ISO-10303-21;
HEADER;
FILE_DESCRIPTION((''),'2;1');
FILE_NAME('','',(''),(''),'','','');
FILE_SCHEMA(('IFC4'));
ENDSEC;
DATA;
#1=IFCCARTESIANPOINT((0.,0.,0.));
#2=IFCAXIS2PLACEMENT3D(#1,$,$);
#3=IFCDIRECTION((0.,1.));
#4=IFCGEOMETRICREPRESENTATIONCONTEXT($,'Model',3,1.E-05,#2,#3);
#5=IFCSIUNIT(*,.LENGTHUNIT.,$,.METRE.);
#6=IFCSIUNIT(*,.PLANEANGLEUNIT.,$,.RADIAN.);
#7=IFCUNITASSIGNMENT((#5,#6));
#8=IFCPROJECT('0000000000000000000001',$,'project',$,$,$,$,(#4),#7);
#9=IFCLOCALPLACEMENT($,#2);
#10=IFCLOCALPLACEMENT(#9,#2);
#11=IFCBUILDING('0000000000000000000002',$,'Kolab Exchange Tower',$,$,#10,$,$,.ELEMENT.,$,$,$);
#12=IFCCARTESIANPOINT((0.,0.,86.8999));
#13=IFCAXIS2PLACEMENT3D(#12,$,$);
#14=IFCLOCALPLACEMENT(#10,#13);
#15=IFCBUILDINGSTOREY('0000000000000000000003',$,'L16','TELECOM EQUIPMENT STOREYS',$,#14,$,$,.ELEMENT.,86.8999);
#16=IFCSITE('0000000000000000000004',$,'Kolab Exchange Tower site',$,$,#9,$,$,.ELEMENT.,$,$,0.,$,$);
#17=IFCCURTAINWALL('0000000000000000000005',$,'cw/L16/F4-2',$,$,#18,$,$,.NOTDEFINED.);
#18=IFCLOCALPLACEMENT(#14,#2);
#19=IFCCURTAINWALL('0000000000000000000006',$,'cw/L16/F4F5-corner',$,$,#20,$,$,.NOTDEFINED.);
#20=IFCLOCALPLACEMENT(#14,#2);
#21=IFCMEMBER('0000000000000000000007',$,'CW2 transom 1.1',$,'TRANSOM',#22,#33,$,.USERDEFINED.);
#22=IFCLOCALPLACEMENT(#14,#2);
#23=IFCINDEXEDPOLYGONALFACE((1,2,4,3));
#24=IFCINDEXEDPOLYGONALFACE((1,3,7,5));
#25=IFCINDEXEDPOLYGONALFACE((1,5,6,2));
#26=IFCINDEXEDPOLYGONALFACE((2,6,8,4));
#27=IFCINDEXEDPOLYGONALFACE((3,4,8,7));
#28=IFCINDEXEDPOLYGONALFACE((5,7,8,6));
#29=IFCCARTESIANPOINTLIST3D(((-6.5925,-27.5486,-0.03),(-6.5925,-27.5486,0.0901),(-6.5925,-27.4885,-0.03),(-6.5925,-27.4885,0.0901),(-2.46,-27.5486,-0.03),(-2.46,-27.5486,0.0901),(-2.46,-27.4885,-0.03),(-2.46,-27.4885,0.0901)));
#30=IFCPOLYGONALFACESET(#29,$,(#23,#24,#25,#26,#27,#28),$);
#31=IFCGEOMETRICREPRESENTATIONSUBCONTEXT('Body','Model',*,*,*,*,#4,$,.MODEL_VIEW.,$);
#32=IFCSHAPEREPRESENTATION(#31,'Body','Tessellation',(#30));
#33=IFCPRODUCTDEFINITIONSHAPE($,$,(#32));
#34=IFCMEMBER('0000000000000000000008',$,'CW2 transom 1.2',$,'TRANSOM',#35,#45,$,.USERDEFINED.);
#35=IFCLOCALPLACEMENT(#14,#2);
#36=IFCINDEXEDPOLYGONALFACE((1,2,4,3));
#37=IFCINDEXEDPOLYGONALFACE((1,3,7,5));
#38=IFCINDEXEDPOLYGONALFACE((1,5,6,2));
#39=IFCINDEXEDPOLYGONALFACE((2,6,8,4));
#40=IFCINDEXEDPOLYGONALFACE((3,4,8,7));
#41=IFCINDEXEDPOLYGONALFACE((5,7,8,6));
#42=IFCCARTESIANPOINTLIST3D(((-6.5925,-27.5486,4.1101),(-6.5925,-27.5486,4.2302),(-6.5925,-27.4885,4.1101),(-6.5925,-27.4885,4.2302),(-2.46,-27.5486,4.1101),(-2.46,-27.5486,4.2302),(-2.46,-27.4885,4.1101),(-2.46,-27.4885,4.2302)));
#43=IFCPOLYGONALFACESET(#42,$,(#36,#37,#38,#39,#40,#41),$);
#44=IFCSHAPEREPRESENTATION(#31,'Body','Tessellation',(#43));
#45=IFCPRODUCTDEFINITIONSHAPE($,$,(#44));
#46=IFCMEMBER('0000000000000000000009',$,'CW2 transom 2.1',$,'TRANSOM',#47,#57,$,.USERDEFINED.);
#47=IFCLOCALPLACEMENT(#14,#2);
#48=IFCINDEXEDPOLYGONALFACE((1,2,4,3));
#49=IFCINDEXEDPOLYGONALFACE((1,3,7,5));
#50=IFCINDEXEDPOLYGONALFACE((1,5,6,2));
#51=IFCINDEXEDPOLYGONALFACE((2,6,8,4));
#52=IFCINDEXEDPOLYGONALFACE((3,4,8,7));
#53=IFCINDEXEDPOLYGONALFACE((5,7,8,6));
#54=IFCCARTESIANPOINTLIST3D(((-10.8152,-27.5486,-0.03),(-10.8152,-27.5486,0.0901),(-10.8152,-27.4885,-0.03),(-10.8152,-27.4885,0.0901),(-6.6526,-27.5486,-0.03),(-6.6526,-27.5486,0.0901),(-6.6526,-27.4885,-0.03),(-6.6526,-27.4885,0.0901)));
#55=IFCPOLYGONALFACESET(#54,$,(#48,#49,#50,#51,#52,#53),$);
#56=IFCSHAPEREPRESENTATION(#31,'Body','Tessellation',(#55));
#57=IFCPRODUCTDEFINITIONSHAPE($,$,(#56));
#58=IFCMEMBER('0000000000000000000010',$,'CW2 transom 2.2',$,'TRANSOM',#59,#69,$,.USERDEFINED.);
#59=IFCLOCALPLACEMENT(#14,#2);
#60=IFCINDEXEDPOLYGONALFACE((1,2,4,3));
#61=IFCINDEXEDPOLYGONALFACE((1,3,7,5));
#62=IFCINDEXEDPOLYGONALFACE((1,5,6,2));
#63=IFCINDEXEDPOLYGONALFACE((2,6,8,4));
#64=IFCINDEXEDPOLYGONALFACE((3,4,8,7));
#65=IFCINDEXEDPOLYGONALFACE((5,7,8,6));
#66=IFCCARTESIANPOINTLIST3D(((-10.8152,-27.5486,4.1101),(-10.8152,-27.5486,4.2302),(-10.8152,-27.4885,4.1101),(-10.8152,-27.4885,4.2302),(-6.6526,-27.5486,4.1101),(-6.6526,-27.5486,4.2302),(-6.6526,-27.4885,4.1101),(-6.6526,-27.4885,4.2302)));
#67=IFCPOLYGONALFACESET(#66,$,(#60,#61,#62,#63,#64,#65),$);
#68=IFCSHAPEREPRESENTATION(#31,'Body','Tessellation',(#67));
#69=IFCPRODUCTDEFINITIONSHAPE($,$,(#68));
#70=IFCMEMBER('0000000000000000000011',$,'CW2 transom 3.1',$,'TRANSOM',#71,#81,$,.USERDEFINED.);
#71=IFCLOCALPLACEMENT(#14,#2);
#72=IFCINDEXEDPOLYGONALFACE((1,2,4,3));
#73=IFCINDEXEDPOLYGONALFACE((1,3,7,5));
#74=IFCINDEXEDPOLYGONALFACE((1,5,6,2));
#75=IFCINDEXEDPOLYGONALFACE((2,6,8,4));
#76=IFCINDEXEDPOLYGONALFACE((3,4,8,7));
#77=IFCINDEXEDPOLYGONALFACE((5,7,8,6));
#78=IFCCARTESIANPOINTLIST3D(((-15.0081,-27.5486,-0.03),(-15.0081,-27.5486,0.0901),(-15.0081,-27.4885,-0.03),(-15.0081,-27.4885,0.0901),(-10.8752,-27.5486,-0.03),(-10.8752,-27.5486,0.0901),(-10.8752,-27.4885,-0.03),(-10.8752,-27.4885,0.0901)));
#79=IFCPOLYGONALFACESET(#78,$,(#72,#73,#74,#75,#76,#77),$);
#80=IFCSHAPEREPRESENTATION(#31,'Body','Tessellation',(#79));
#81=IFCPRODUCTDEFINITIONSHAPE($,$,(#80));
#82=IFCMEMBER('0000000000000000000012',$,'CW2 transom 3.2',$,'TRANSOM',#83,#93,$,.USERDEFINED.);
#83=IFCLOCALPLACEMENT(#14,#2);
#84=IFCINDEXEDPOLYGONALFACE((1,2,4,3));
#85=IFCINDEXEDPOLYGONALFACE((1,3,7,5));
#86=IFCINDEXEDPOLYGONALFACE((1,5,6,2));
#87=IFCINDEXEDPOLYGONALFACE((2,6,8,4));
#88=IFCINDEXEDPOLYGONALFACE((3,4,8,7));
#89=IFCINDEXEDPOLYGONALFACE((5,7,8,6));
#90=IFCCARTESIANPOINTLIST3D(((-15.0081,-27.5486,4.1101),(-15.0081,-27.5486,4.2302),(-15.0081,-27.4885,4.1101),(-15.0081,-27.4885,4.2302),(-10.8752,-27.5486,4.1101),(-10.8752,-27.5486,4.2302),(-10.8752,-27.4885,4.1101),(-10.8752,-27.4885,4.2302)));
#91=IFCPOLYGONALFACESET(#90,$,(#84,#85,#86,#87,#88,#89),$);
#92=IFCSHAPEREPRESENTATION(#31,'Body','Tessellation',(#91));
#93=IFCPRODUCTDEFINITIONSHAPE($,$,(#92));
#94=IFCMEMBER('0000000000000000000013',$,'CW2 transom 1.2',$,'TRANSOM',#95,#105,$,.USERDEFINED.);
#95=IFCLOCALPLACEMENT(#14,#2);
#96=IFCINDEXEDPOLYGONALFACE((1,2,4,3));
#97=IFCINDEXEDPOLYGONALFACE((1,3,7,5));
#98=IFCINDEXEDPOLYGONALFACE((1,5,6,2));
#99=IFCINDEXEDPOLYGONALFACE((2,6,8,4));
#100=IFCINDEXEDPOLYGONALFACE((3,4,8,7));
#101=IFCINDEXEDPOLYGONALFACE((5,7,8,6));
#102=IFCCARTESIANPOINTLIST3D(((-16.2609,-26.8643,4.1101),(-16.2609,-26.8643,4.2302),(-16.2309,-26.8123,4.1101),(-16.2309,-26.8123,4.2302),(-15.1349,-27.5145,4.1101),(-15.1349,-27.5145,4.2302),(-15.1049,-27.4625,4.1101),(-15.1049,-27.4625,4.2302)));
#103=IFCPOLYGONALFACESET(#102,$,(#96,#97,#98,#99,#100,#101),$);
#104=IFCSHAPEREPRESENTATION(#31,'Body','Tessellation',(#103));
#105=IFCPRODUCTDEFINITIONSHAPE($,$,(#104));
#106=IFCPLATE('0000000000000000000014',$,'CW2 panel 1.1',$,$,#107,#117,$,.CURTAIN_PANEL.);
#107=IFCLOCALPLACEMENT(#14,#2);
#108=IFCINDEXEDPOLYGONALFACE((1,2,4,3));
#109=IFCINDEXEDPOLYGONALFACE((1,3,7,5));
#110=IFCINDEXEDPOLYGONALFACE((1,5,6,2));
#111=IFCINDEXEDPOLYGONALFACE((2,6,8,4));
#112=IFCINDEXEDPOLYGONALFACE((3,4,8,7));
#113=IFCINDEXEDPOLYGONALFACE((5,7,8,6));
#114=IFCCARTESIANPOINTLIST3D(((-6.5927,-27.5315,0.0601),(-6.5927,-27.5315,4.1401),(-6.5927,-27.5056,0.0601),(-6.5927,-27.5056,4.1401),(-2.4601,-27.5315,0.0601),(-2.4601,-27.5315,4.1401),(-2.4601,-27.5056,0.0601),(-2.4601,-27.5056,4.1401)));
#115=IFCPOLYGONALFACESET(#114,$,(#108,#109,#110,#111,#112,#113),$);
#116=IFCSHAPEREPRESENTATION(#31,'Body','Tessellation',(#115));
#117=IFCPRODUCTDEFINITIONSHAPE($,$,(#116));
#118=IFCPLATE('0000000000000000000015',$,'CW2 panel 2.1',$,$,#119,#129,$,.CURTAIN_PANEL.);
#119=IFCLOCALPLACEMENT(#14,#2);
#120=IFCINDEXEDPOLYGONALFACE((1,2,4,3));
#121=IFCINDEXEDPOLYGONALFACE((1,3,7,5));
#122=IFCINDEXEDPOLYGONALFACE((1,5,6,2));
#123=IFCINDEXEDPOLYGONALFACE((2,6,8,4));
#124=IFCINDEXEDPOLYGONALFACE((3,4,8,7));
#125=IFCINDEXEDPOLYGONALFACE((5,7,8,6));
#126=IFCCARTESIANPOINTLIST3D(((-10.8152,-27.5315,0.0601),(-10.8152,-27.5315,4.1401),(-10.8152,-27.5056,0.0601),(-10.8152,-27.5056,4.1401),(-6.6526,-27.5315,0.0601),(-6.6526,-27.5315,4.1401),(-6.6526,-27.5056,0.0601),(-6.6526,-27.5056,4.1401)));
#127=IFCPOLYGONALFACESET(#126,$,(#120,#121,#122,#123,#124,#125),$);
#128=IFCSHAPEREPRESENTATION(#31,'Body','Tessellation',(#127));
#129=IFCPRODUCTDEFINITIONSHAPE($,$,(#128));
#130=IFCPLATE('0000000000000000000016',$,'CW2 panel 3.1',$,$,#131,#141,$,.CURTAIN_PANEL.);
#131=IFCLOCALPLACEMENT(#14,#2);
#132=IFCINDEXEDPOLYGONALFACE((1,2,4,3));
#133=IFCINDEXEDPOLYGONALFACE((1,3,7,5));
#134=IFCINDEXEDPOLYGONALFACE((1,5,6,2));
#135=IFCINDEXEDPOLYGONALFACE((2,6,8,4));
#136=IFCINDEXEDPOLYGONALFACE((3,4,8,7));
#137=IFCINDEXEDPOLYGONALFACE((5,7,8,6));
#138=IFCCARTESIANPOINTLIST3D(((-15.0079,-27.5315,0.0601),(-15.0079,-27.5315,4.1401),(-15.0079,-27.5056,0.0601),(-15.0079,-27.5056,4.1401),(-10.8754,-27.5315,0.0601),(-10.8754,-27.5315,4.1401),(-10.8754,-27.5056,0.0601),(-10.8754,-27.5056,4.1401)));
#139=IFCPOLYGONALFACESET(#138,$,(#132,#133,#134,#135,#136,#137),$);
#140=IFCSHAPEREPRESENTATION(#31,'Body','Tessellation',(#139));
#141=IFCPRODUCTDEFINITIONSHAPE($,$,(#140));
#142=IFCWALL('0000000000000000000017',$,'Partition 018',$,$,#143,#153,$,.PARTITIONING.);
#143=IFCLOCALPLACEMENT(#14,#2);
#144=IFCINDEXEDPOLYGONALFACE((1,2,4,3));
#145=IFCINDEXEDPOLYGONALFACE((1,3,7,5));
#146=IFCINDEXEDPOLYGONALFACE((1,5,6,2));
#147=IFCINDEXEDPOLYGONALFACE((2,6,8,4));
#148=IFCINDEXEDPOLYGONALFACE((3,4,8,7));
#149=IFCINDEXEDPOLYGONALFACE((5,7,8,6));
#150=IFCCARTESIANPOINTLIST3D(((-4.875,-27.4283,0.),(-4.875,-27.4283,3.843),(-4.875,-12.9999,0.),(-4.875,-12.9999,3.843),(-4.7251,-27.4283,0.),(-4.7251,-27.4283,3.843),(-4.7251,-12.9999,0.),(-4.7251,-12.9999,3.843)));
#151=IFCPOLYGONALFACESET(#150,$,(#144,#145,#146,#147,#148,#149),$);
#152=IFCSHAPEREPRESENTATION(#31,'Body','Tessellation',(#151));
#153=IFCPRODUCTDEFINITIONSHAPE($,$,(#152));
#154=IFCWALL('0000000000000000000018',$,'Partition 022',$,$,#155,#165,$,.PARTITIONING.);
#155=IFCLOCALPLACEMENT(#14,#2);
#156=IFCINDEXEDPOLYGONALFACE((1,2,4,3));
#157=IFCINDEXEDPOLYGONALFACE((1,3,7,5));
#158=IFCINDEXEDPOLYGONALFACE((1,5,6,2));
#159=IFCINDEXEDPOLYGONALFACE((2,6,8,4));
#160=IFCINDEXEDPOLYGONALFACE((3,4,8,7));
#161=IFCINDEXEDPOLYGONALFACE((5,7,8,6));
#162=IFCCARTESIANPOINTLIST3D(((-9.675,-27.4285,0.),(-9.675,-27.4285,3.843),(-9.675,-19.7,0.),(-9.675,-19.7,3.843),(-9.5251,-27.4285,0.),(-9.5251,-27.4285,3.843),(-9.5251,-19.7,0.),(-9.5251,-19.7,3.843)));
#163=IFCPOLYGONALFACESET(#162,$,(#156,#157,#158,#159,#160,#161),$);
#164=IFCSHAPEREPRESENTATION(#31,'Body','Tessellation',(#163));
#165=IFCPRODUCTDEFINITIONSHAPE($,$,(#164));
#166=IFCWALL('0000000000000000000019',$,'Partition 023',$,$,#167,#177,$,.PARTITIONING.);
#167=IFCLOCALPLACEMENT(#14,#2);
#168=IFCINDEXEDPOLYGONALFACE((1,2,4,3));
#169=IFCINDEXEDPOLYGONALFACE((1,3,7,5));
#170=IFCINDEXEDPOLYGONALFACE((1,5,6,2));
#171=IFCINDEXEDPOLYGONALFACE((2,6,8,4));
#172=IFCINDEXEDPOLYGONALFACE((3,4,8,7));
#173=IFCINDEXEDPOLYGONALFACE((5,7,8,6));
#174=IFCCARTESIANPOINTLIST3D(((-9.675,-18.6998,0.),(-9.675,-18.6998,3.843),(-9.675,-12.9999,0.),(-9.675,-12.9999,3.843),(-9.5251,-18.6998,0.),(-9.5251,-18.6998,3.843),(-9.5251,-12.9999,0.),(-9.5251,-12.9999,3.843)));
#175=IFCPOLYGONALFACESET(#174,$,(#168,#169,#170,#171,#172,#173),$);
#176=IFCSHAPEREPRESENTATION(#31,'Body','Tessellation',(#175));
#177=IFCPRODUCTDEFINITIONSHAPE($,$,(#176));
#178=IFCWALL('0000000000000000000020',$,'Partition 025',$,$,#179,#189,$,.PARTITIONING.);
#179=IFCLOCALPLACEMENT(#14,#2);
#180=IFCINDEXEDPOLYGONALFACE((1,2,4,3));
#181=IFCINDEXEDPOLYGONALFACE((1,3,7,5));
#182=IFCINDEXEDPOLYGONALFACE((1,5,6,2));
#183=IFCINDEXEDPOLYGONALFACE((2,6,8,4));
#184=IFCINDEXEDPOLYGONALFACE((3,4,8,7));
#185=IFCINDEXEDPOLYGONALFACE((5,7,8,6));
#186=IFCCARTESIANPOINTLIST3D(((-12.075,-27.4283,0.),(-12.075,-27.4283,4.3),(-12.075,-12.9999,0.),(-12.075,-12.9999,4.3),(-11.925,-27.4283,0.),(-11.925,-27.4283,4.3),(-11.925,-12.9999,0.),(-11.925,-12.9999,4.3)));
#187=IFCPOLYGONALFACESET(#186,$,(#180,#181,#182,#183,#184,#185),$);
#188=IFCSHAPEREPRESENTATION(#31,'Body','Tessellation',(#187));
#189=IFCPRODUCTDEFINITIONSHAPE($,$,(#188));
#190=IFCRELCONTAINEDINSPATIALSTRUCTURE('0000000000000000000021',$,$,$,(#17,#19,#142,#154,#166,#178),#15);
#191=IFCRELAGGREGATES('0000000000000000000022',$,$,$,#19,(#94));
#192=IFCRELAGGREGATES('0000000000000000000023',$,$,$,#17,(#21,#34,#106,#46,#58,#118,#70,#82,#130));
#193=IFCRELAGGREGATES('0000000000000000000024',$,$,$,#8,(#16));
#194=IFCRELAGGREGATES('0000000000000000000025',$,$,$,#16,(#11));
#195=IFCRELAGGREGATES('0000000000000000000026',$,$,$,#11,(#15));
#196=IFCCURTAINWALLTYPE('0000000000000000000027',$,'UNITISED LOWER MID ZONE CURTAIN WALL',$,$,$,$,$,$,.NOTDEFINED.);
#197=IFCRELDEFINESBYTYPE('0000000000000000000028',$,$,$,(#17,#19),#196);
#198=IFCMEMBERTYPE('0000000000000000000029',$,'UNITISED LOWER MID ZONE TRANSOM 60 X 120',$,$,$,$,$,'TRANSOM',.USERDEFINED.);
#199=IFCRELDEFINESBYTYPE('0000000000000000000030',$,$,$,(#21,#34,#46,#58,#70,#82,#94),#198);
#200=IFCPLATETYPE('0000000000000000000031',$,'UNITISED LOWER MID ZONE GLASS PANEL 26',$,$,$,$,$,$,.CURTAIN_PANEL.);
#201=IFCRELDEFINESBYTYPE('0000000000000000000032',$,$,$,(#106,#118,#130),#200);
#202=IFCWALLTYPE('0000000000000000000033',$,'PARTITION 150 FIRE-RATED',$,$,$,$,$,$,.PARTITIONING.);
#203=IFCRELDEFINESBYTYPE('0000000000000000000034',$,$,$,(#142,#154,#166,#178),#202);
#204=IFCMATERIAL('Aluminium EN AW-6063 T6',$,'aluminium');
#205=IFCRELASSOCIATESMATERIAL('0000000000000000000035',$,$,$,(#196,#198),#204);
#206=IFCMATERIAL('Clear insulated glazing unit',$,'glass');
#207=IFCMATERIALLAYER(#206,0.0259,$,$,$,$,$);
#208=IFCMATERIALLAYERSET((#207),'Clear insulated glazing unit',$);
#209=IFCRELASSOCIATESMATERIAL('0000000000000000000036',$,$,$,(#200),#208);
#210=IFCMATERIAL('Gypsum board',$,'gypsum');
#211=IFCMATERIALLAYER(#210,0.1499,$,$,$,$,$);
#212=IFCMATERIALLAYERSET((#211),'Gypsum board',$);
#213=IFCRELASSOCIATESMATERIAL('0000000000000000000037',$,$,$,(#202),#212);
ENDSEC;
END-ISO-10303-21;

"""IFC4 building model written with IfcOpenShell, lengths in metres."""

from ifc_helpers import new_model, si_unit, direction, frame, frame_2d, origin, origin_2d, place, context, subcontext, project, spatial, rectangle, extrude, material, layer, layer_set, material_profile, profile_set, type_object, element, aggregate, save


model = new_model("IFC4")

# Units and contexts
model_context = context("Model", 3, precision=1e-05, world=origin(), true_north=direction((0.0, 1.0)))
body_context = subcontext(model_context, "Body", "Model", "MODEL_VIEW")
ifc_project = project(units=[si_unit("LENGTHUNIT", "METRE"), si_unit("PLANEANGLEUNIT", "RADIAN")], contexts=[model_context])

# Site, building, storey
site_placement = place(None, origin())
site = spatial("IfcSite", under=ifc_project, at=site_placement, Name="Kolab Exchange Tower site", CompositionType="ELEMENT", RefElevation=0.0)
building_placement = place(site_placement, origin())
building = spatial("IfcBuilding", under=site, at=building_placement, Name="Kolab Exchange Tower", CompositionType="ELEMENT")
storey_placement = place(building_placement, frame((0.0, 0.0, 86.8999)))
storey = spatial("IfcBuildingStorey", under=building, at=storey_placement, Name="L16", Description="TELECOM EQUIPMENT STOREYS", CompositionType="ELEMENT", Elevation=86.8999)

# Curtain wall
ifc_material_1 = material(Name="Aluminium EN AW-6063 T6", Category="aluminium")
curtain_wall_type = type_object("IfcCurtainWallType", Name="UNITISED LOWER MID ZONE CURTAIN WALL", PredefinedType="NOTDEFINED", material=ifc_material_1)
curtain_wall_1_placement = place(storey_placement, origin())
curtain_wall_1 = element("IfcCurtainWall", 1, at=curtain_wall_1_placement, inside=storey, type_object=curtain_wall_type, Name="cw/L16/F4-2", PredefinedType="NOTDEFINED")

# Curtain wall
curtain_wall_2_placement = place(storey_placement, origin())
curtain_wall_2 = element("IfcCurtainWall", 2, at=curtain_wall_2_placement, inside=storey, type_object=curtain_wall_type, Name="cw/L16/F4F5-corner", PredefinedType="NOTDEFINED")

# Members
ifc_material_profile_1 = material_profile(ifc_material_1, rectangle(XDim=0.0601, YDim=0.1201, at=origin_2d()), Name="RECT 60X120")
ifc_profile_set_1 = profile_set([ifc_material_profile_1], Name="Aluminium EN AW-6063 T6")
member_type_1 = type_object("IfcMemberType", Name="UNITISED LOWER MID ZONE TRANSOM 60 X 120", ElementType="TRANSOM", PredefinedType="USERDEFINED", material=ifc_profile_set_1)
member_1_placement = place(storey_placement, frame((-2.46, -27.5186, 0.03), z_axis=(-1.0, 0.0, 0.0), x_axis=(0.0, -1.0, 0.0)))
member_1 = element("IfcMember", 3, at=member_1_placement, type_object=member_type_1, Name="CW2 transom 1.1", ObjectType="TRANSOM", PredefinedType="USERDEFINED", context=body_context, shape_type="SweptSolid", body=[
    extrude(rectangle(XDim=0.0601, YDim=0.1201, at=origin_2d()), origin(), (0.0, 0.0, 1.0), 4.1326),
])
member_2_placement = place(storey_placement, frame((-2.46, -27.5186, 4.1702), z_axis=(-1.0, 0.0, 0.0), x_axis=(0.0, -1.0, 0.0)))
member_2 = element("IfcMember", 4, at=member_2_placement, type_object=member_type_1, Name="CW2 transom 1.2", ObjectType="TRANSOM", PredefinedType="USERDEFINED", context=body_context, shape_type="SweptSolid", body=[
    extrude(rectangle(XDim=0.0601, YDim=0.1201, at=origin_2d()), origin(), (0.0, 0.0, 1.0), 4.1326),
])
member_3_placement = place(storey_placement, frame((-6.6526, -27.5186, 0.03), z_axis=(-1.0, 0.0, 0.0), x_axis=(0.0, -1.0, 0.0)))
member_3 = element("IfcMember", 5, at=member_3_placement, type_object=member_type_1, Name="CW2 transom 2.1", ObjectType="TRANSOM", PredefinedType="USERDEFINED", context=body_context, shape_type="SweptSolid", body=[
    extrude(rectangle(XDim=0.0601, YDim=0.1201, at=origin_2d()), origin(), (0.0, 0.0, 1.0), 4.1626),
])
member_4_placement = place(storey_placement, frame((-6.6526, -27.5186, 4.1702), z_axis=(-1.0, 0.0, 0.0), x_axis=(0.0, -1.0, 0.0)))
member_4 = element("IfcMember", 6, at=member_4_placement, type_object=member_type_1, Name="CW2 transom 2.2", ObjectType="TRANSOM", PredefinedType="USERDEFINED", context=body_context, shape_type="SweptSolid", body=[
    extrude(rectangle(XDim=0.0601, YDim=0.1201, at=origin_2d()), origin(), (0.0, 0.0, 1.0), 4.1626),
])
member_5_placement = place(storey_placement, frame((-10.8752, -27.5186, 0.03), z_axis=(-1.0, 0.0, 0.0), x_axis=(0.0, -1.0, 0.0)))
member_5 = element("IfcMember", 7, at=member_5_placement, type_object=member_type_1, Name="CW2 transom 3.1", ObjectType="TRANSOM", PredefinedType="USERDEFINED", context=body_context, shape_type="SweptSolid", body=[
    extrude(rectangle(XDim=0.0601, YDim=0.1201, at=origin_2d()), origin(), (0.0, 0.0, 1.0), 4.1328),
])
member_6_placement = place(storey_placement, frame((-10.8752, -27.5186, 4.1702), z_axis=(-1.0, 0.0, 0.0), x_axis=(0.0, -1.0, 0.0)))
member_6 = element("IfcMember", 8, at=member_6_placement, type_object=member_type_1, Name="CW2 transom 3.2", ObjectType="TRANSOM", PredefinedType="USERDEFINED", context=body_context, shape_type="SweptSolid", body=[
    extrude(rectangle(XDim=0.0601, YDim=0.1201, at=origin_2d()), origin(), (0.0, 0.0, 1.0), 4.1328),
])
member_7_placement = place(storey_placement, frame((-15.1199, -27.4885, 4.1702), z_axis=(-0.866004, 0.500037, 0.0), x_axis=(-0.500037, -0.866004, 0.0)))
member_7 = element("IfcMember", 9, at=member_7_placement, type_object=member_type_1, Name="CW2 transom 1.2", ObjectType="TRANSOM", PredefinedType="USERDEFINED", context=body_context, shape_type="SweptSolid", body=[
    extrude(rectangle(XDim=0.0601, YDim=0.1201, at=origin_2d()), origin(), (0.0, 0.0, 1.0), 1.3003),
])
aggregate(curtain_wall_2, [member_7])

# Plates
ifc_material_2 = material(Name="Clear insulated glazing unit", Category="glass")
ifc_layer_1 = layer(ifc_material_2, 0.0259)
ifc_layer_set_1 = layer_set([ifc_layer_1], Name="Clear insulated glazing unit")
plate_type = type_object("IfcPlateType", Name="UNITISED LOWER MID ZONE GLASS PANEL 26", PredefinedType="CURTAIN_PANEL", material=ifc_layer_set_1)
plate_1_placement = place(storey_placement, frame((-4.5264, -27.5186, 0.0601), z_axis=(0.0, 0.0, 1.0), x_axis=(-1.0, 0.0, 0.0)))
plate_1 = element("IfcPlate", 10, at=plate_1_placement, type_object=plate_type, Name="CW2 panel 1.1", PredefinedType="CURTAIN_PANEL", context=body_context, shape_type="SweptSolid", body=[
    extrude(rectangle(XDim=4.1326, YDim=0.0259, at=origin_2d()), origin(), (0.0, 0.0, 1.0), 4.0801),
])
plate_2_placement = place(storey_placement, frame((-8.7339, -27.5186, 0.0601), z_axis=(0.0, 0.0, 1.0), x_axis=(-1.0, 0.0, 0.0)))
plate_2 = element("IfcPlate", 11, at=plate_2_placement, type_object=plate_type, Name="CW2 panel 2.1", PredefinedType="CURTAIN_PANEL", context=body_context, shape_type="SweptSolid", body=[
    extrude(rectangle(XDim=4.1626, YDim=0.0259, at=origin_2d()), origin(), (0.0, 0.0, 1.0), 4.0801),
])
plate_3_placement = place(storey_placement, frame((-12.9417, -27.5186, 0.0601), z_axis=(0.0, 0.0, 1.0), x_axis=(-1.0, 0.0, 0.0)))
plate_3 = element("IfcPlate", 12, at=plate_3_placement, type_object=plate_type, Name="CW2 panel 3.1", PredefinedType="CURTAIN_PANEL", context=body_context, shape_type="SweptSolid", body=[
    extrude(rectangle(XDim=4.1326, YDim=0.0259, at=origin_2d()), origin(), (0.0, 0.0, 1.0), 4.0801),
])
aggregate(curtain_wall_1, [member_1, member_2, plate_1, member_3, member_4, plate_2, member_5, member_6, plate_3])

# Walls
ifc_material_3 = material(Name="Gypsum board", Category="gypsum")
ifc_layer_2 = layer(ifc_material_3, 0.1499)
ifc_layer_set_2 = layer_set([ifc_layer_2], Name="Gypsum board")
wall_type = type_object("IfcWallType", Name="PARTITION 150 FIRE-RATED", PredefinedType="PARTITIONING", material=ifc_layer_set_2)
wall_1_placement = place(storey_placement, frame((-4.8, -27.4285, 0.0), z_axis=(0.0, 0.0, 1.0), x_axis=(0.0, 1.0, 0.0)))
element("IfcWall", 13, at=wall_1_placement, inside=storey, type_object=wall_type, Name="Partition 018", PredefinedType="PARTITIONING", context=body_context, shape_type="SweptSolid", body=[
    extrude(rectangle(XDim=14.4285, YDim=0.1499, at=frame_2d((7.2144, 0.0))), origin(), (0.0, 0.0, 1.0), 3.843),
])
wall_2_placement = place(storey_placement, frame((-9.6001, -27.4285, 0.0), z_axis=(0.0, 0.0, 1.0), x_axis=(0.0, 1.0, 0.0)))
element("IfcWall", 14, at=wall_2_placement, inside=storey, type_object=wall_type, Name="Partition 022", PredefinedType="PARTITIONING", context=body_context, shape_type="SweptSolid", body=[
    extrude(rectangle(XDim=7.7285, YDim=0.1499, at=frame_2d((3.8643, 0.0))), origin(), (0.0, 0.0, 1.0), 3.843),
])
wall_3_placement = place(storey_placement, frame((-9.6001, -18.7, 0.0), z_axis=(0.0, 0.0, 1.0), x_axis=(0.0, 1.0, 0.0)))
element("IfcWall", 15, at=wall_3_placement, inside=storey, type_object=wall_type, Name="Partition 023", PredefinedType="PARTITIONING", context=body_context, shape_type="SweptSolid", body=[
    extrude(rectangle(XDim=5.7, YDim=0.1499, at=frame_2d((2.8501, 0.0))), origin(), (0.0, 0.0, 1.0), 3.843),
])
wall_4_placement = place(storey_placement, frame((-12.0, -27.4285, 0.0), z_axis=(0.0, 0.0, 1.0), x_axis=(0.0, 1.0, 0.0)))
element("IfcWall", 16, at=wall_4_placement, inside=storey, type_object=wall_type, Name="Partition 025", PredefinedType="PARTITIONING", context=body_context, shape_type="SweptSolid", body=[
    extrude(rectangle(XDim=14.4285, YDim=0.1499, at=frame_2d((7.2144, 0.0))), origin(), (0.0, 0.0, 1.0), 4.3),
])

save(model, "model.ifc")
